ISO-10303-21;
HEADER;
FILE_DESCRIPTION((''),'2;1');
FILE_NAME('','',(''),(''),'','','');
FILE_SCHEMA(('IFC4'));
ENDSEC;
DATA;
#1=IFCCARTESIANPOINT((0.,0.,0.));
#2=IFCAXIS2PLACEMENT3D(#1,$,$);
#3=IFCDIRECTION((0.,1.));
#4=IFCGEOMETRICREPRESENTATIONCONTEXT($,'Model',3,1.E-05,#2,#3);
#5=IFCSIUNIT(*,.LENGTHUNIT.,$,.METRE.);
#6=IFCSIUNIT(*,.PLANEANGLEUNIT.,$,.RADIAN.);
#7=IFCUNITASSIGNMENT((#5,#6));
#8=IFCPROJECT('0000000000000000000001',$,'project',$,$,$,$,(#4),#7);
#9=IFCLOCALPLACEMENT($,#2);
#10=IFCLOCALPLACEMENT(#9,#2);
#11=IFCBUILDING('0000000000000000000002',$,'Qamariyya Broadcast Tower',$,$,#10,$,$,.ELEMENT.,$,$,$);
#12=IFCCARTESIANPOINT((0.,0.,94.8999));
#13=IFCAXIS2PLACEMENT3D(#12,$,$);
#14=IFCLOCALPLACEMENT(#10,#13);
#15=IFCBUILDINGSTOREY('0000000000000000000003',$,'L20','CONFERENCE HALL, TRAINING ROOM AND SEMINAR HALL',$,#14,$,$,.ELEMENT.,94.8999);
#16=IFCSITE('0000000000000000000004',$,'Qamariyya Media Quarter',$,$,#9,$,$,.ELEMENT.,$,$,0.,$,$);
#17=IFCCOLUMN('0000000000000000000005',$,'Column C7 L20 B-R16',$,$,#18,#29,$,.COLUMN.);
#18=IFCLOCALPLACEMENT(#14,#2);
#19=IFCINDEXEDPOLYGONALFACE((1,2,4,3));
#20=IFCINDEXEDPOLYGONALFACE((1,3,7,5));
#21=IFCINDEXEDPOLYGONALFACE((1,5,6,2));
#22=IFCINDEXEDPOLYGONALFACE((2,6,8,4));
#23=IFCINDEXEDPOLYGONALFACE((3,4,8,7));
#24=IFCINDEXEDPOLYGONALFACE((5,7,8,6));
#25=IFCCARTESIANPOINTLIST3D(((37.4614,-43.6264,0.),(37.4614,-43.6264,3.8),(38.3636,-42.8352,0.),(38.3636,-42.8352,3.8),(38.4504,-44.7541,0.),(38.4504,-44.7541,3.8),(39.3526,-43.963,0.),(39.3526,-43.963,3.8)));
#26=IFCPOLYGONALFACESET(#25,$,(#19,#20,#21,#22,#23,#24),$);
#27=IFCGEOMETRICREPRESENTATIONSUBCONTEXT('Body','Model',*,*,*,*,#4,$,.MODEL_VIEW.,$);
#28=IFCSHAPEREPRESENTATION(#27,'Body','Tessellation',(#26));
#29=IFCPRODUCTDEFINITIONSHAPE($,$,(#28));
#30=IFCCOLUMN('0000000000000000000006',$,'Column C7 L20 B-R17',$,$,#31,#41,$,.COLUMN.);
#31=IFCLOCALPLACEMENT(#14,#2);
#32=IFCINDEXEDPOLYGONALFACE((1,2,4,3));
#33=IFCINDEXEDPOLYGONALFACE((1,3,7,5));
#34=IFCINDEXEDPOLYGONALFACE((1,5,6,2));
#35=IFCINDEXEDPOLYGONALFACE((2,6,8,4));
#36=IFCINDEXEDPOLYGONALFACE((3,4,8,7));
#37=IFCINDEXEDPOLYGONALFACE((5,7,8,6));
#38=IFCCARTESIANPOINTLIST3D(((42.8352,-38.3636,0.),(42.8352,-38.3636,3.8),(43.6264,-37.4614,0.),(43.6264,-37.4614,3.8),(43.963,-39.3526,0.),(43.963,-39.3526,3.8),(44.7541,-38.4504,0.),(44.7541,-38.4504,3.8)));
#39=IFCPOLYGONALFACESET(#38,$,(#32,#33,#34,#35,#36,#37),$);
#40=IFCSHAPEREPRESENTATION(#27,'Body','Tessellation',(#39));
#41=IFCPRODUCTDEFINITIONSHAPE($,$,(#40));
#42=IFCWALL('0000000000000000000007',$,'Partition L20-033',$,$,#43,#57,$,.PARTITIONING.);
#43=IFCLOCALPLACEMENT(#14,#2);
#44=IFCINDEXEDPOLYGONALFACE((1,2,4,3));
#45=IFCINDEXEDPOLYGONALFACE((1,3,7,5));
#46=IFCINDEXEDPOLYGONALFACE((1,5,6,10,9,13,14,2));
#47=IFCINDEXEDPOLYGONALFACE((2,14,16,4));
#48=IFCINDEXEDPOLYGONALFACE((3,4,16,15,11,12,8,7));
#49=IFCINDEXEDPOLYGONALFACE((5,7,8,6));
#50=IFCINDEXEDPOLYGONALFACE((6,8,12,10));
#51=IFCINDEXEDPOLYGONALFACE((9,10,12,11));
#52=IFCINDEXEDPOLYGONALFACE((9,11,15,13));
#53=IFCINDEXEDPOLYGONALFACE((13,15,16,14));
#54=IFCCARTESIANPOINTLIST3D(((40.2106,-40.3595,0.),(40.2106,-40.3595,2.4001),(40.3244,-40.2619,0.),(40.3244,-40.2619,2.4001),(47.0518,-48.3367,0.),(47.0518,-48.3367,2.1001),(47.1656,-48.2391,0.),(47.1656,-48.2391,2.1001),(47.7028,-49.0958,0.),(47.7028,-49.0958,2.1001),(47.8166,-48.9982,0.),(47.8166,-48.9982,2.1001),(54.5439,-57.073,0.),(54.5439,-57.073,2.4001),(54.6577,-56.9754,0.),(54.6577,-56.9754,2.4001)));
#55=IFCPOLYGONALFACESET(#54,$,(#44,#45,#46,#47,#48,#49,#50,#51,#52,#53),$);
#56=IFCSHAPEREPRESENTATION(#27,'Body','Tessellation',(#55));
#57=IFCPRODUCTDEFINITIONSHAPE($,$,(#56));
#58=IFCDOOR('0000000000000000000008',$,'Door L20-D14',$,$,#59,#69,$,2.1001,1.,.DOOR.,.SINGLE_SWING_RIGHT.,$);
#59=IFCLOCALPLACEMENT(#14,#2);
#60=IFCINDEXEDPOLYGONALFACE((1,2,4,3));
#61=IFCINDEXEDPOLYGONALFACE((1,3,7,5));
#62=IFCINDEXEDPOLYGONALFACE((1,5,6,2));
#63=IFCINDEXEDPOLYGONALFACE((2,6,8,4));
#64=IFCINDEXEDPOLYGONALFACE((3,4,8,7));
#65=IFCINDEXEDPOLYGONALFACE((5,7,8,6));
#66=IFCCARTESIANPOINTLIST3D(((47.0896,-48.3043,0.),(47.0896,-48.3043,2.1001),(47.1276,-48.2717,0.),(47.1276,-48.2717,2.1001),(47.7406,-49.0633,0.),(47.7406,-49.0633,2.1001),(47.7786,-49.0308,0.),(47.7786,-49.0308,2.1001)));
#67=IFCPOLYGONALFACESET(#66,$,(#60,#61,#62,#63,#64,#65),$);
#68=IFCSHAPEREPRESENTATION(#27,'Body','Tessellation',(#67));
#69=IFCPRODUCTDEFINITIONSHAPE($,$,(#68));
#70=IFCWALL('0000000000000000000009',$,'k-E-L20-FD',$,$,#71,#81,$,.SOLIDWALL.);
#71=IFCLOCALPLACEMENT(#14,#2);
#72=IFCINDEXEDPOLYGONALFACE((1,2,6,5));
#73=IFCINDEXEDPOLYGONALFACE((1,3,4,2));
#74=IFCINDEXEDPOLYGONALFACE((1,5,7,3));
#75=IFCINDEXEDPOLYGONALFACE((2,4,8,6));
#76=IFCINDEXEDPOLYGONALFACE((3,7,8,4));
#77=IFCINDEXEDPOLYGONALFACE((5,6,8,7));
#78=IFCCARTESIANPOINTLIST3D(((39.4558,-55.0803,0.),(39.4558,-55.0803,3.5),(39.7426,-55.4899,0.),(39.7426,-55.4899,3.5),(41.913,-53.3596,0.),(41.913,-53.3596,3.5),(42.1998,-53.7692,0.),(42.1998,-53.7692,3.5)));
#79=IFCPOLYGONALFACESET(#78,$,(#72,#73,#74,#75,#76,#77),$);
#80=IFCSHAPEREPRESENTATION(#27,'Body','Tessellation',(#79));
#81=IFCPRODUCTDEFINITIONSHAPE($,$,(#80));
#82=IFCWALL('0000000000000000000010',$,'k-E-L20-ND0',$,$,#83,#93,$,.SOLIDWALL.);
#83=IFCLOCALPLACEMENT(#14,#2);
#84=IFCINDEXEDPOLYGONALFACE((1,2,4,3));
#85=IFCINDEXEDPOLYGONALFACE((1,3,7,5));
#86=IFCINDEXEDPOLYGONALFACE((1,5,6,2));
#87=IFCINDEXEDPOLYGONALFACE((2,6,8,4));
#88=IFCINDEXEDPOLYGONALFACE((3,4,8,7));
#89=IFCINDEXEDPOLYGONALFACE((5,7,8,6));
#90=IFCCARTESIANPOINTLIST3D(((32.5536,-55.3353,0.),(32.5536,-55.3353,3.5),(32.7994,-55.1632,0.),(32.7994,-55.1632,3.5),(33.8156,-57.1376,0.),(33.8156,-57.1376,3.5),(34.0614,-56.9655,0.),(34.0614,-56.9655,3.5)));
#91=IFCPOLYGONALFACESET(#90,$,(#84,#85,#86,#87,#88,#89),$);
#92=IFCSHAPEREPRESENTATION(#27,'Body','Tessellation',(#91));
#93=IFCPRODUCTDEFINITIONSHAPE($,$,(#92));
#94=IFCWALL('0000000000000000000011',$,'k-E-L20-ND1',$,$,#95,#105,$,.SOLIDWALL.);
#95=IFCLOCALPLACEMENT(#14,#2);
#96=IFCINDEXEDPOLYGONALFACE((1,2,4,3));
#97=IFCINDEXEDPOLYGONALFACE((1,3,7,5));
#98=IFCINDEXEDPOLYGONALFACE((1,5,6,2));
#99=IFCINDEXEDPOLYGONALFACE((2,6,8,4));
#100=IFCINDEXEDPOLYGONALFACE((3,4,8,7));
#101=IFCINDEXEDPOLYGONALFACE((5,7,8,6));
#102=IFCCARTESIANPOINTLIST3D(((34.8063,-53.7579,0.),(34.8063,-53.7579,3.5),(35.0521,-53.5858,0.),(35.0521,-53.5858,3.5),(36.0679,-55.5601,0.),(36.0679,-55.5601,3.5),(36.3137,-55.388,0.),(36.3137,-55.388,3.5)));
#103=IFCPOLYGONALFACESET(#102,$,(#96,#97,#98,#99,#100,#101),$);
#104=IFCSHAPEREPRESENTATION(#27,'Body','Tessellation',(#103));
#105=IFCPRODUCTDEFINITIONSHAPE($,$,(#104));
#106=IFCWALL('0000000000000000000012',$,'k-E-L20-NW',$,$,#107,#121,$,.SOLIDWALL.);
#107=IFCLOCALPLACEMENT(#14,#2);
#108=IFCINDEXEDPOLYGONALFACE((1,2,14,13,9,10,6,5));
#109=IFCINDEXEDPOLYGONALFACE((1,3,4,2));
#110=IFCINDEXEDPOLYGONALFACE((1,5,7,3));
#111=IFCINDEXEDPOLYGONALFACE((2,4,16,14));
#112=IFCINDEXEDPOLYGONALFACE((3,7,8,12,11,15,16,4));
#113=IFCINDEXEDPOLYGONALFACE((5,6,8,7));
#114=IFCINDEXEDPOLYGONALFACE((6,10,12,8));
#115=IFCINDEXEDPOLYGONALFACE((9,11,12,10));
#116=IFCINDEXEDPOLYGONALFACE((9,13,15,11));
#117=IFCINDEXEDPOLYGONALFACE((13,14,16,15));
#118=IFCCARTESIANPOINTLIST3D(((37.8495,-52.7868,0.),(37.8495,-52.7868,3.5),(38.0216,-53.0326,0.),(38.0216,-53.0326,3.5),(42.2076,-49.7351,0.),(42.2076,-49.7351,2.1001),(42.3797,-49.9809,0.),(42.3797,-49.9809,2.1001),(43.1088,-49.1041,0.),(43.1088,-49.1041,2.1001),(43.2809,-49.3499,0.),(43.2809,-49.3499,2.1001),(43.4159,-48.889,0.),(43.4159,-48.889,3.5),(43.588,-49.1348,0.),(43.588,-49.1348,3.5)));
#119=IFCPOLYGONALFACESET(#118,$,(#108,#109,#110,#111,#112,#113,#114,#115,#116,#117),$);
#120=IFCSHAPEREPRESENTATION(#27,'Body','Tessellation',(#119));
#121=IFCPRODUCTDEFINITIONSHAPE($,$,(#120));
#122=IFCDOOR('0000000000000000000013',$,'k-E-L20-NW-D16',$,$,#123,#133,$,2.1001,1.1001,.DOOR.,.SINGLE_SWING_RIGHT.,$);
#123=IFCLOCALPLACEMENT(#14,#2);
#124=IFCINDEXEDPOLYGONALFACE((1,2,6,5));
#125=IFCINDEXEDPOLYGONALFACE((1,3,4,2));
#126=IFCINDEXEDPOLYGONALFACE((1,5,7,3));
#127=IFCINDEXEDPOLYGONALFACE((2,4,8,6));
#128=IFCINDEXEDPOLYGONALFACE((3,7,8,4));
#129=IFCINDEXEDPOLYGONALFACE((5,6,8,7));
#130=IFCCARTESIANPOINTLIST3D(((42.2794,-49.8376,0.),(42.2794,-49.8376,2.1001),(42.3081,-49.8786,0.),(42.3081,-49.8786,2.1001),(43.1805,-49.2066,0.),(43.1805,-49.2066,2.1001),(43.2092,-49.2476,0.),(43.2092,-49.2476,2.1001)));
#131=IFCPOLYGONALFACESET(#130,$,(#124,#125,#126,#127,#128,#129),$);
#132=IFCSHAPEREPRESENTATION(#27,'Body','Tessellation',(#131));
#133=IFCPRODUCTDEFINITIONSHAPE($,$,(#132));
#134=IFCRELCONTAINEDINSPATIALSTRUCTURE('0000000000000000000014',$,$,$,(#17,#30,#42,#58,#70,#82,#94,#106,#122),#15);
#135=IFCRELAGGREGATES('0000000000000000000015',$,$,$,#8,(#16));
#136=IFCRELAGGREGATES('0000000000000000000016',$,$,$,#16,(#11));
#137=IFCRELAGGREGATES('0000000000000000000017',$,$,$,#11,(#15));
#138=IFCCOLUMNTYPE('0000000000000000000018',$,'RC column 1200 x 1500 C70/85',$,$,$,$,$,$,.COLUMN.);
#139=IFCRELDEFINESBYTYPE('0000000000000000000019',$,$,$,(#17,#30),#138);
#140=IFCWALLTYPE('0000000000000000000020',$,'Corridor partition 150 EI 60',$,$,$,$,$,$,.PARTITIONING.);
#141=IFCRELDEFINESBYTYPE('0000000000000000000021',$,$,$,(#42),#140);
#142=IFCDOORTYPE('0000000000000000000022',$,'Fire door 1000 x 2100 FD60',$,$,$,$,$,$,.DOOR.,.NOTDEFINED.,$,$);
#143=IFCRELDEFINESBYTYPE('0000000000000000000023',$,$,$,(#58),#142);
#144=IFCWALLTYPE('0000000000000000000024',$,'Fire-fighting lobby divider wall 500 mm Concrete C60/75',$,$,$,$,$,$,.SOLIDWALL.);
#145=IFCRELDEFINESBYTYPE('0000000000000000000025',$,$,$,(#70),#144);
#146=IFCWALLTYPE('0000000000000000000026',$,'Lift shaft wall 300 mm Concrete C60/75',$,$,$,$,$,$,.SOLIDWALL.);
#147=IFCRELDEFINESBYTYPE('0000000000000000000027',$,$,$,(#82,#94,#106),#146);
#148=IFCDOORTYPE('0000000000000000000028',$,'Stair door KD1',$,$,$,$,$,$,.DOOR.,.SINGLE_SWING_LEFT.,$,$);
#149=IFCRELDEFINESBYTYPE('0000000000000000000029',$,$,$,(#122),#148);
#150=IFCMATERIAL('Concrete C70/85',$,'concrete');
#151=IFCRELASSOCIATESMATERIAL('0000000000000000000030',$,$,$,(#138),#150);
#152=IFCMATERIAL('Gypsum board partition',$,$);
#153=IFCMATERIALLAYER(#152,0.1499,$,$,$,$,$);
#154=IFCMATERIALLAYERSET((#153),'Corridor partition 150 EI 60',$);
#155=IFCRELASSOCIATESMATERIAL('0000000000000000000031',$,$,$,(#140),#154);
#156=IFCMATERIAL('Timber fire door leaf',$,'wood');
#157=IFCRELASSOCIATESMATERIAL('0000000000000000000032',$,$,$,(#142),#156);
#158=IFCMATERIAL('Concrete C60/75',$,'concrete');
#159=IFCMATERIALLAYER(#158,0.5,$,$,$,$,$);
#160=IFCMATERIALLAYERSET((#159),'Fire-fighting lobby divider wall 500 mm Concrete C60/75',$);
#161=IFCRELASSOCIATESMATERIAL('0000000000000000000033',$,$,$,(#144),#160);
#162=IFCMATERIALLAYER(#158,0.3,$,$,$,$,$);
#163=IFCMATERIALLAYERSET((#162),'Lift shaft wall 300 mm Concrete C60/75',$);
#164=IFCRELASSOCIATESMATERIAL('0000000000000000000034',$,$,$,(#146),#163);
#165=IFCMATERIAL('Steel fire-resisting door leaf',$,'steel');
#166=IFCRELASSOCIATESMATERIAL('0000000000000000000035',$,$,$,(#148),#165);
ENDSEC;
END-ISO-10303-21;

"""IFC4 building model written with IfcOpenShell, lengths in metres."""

from ifc_helpers import new_model, si_unit, direction, frame, frame_2d, origin, origin_2d, place, context, subcontext, project, spatial, rectangle, extrude, material, layer, layer_set, material_profile, profile_set, type_object, element, fill, save


model = new_model("IFC4")

# Units and contexts
model_context = context("Model", 3, precision=1e-05, world=origin(), true_north=direction((0.0, 1.0)))
body_context = subcontext(model_context, "Body", "Model", "MODEL_VIEW")
ifc_project = project(units=[si_unit("LENGTHUNIT", "METRE"), si_unit("PLANEANGLEUNIT", "RADIAN")], contexts=[model_context])

# Site, building, storey
site_placement = place(None, origin())
site = spatial("IfcSite", under=ifc_project, at=site_placement, Name="Qamariyya Media Quarter", CompositionType="ELEMENT", RefElevation=0.0)
building_placement = place(site_placement, origin())
building = spatial("IfcBuilding", under=site, at=building_placement, Name="Qamariyya Broadcast Tower", CompositionType="ELEMENT")
storey_placement = place(building_placement, frame((0.0, 0.0, 94.8999)))
storey = spatial("IfcBuildingStorey", under=building, at=storey_placement, Name="L20", Description="CONFERENCE HALL, TRAINING ROOM AND SEMINAR HALL", CompositionType="ELEMENT", Elevation=94.8999)

# Columns
ifc_material_1 = material(Name="Concrete C70/85", Category="concrete")
ifc_material_profile = material_profile(ifc_material_1, rectangle(XDim=1.2, YDim=1.5, at=origin_2d()))
ifc_profile_set = profile_set([ifc_material_profile], Name="Concrete C70/85")
column_type = type_object("IfcColumnType", Name="RC column 1200 x 1500 C70/85", PredefinedType="COLUMN", material=ifc_profile_set)
for number, where, z_axis, x_axis, name in (
    (1, (38.407, -43.7947, 0.0), (0.0, 0.0, 1.0), (0.75184, 0.659346, 0.0), "Column C7 L20 B-R16"),
    (2, (43.7947, -38.407, 0.0), (0.0, 0.0, 1.0), (0.659346, 0.75184, 0.0), "Column C7 L20 B-R17"),
):
    element("IfcColumn", number, at=place(storey_placement, frame(where, z_axis=z_axis, x_axis=x_axis)), inside=storey, type_object=column_type, Name=name, PredefinedType="COLUMN", context=body_context, shape_type="SweptSolid", body=[
        extrude(rectangle(XDim=1.2, YDim=1.5, at=origin_2d()), origin(), (0.0, 0.0, 1.0), 3.8),
    ])

# Wall, opening, door
ifc_material_2 = material(Name="Gypsum board partition")
ifc_layer_1 = layer(ifc_material_2, 0.1499)
ifc_layer_set_1 = layer_set([ifc_layer_1], Name="Corridor partition 150 EI 60")
wall_type_1 = type_object("IfcWallType", Name="Corridor partition 150 EI 60", PredefinedType="PARTITIONING", material=ifc_layer_set_1)
wall_1_placement = place(storey_placement, frame((40.2676, -40.3108, 0.0), z_axis=(0.0, 0.0, 1.0), x_axis=(0.650988, -0.759088, 0.0)))
wall_1 = element("IfcWall", 3, at=wall_1_placement, inside=storey, type_object=wall_type_1, Name="Partition L20-033", PredefinedType="PARTITIONING", context=body_context, shape_type="SweptSolid", body=[
    extrude(rectangle(XDim=22.0178, YDim=0.1499, at=frame_2d((11.0088, 0.0))), origin(), (0.0, 0.0, 1.0), 2.4001),
])
opening_1_placement = place(wall_1_placement, frame((10.5088, 0.0, 0.0)))
opening_1 = element("IfcOpeningElement", 4, at=opening_1_placement, cuts=wall_1, PredefinedType="OPENING", context=body_context, shape_type="SweptSolid", body=[
    extrude(rectangle(XDim=1.0, YDim=2.1001, at=frame_2d((0.5, 1.05))), frame((0.0, 0.085, 0.0), z_axis=(0.0, -1.0, 0.0), x_axis=(1.0, 0.0, 0.0)), (0.0, 0.0, 1.0), 0.1699),
])
ifc_material_3 = material(Name="Timber fire door leaf", Category="wood")
door_type_1 = type_object("IfcDoorType", Name="Fire door 1000 x 2100 FD60", OperationType="NOTDEFINED", PredefinedType="DOOR", material=ifc_material_3)
door_1_placement = place(opening_1_placement, origin())
door_1 = element("IfcDoor", 5, at=door_1_placement, inside=storey, type_object=door_type_1, Name="Door L20-D14", OperationType="SINGLE_SWING_RIGHT", OverallHeight=2.1001, OverallWidth=1.0, PredefinedType="DOOR", context=body_context, shape_type="SweptSolid", body=[
    extrude(rectangle(XDim=1.0, YDim=2.1001, at=frame_2d((0.5, 1.05))), frame((0.0, 0.0249, 0.0), z_axis=(0.0, -1.0, 0.0), x_axis=(1.0, 0.0, 0.0)), (0.0, 0.0, 1.0), 0.05),
])
fill(opening_1, door_1)

# Walls
ifc_material_4 = material(Name="Concrete C60/75", Category="concrete")
ifc_layer_2 = layer(ifc_material_4, 0.5)
ifc_layer_set_2 = layer_set([ifc_layer_2], Name="Fire-fighting lobby divider wall 500 mm Concrete C60/75")
wall_type_2 = type_object("IfcWallType", Name="Fire-fighting lobby divider wall 500 mm Concrete C60/75", PredefinedType="SOLIDWALL", material=ifc_layer_set_2)
wall_2_placement = place(storey_placement, frame((39.5991, -55.2852, 0.0), z_axis=(0.0, 0.0, 1.0), x_axis=(0.819136, 0.573599, 0.0)))
element("IfcWall", 6, at=wall_2_placement, inside=storey, type_object=wall_type_2, Name="k-E-L20-FD", PredefinedType="SOLIDWALL", context=body_context, shape_type="SweptSolid", body=[
    extrude(rectangle(XDim=2.9998, YDim=0.5, at=frame_2d((1.5, 0.0))), origin(), (0.0, 0.0, 1.0), 3.5),
])
ifc_layer_3 = layer(ifc_material_4, 0.3)
ifc_layer_set_3 = layer_set([ifc_layer_3], Name="Lift shaft wall 300 mm Concrete C60/75")
wall_type_3 = type_object("IfcWallType", Name="Lift shaft wall 300 mm Concrete C60/75", PredefinedType="SOLIDWALL", material=ifc_layer_set_3)
wall_3_placement = place(storey_placement, frame((33.9385, -57.0515, 0.0), z_axis=(0.0, 0.0, 1.0), x_axis=(-0.573581, 0.819149, 0.0)))
element("IfcWall", 7, at=wall_3_placement, inside=storey, type_object=wall_type_3, Name="k-E-L20-ND0", PredefinedType="SOLIDWALL", context=body_context, shape_type="SweptSolid", body=[
    extrude(rectangle(XDim=2.2002, YDim=0.3, at=frame_2d((1.1001, 0.0))), origin(), (0.0, 0.0, 1.0), 3.5),
])
wall_4_placement = place(storey_placement, frame((36.1909, -55.4741, 0.0), z_axis=(0.0, 0.0, 1.0), x_axis=(-0.573507, 0.819201, 0.0)))
element("IfcWall", 8, at=wall_4_placement, inside=storey, type_object=wall_type_3, Name="k-E-L20-ND1", PredefinedType="SOLIDWALL", context=body_context, shape_type="SweptSolid", body=[
    extrude(rectangle(XDim=2.2, YDim=0.3, at=frame_2d((1.1001, 0.0))), origin(), (0.0, 0.0, 1.0), 3.5),
])

# Wall, opening, door
wall_5_placement = place(storey_placement, frame((37.9355, -52.9097, 0.0), z_axis=(0.0, 0.0, 1.0), x_axis=(0.819148, 0.573583, 0.0)))
wall_5 = element("IfcWall", 9, at=wall_5_placement, inside=storey, type_object=wall_type_3, Name="k-E-L20-NW", PredefinedType="SOLIDWALL", context=body_context, shape_type="SweptSolid", body=[
    extrude(rectangle(XDim=6.7954, YDim=0.3, at=frame_2d((3.3977, 0.0))), origin(), (0.0, 0.0, 1.0), 3.5),
])
opening_2_placement = place(wall_5_placement, frame((5.3203, 0.0, 0.0)))
opening_2 = element("IfcOpeningElement", 10, at=opening_2_placement, cuts=wall_5, PredefinedType="OPENING", context=body_context, shape_type="SweptSolid", body=[
    extrude(rectangle(XDim=1.1001, YDim=2.1001, at=frame_2d((0.55, 1.05))), frame((0.0, 0.1599, 0.0), z_axis=(0.0, -1.0, 0.0), x_axis=(1.0, 0.0, 0.0)), (0.0, 0.0, 1.0), 0.3201),
])
ifc_material_5 = material(Name="Steel fire-resisting door leaf", Category="steel")
door_type_2 = type_object("IfcDoorType", Name="Stair door KD1", OperationType="SINGLE_SWING_LEFT", PredefinedType="DOOR", material=ifc_material_5)
door_2_placement = place(opening_2_placement, origin())
door_2 = element("IfcDoor", 11, at=door_2_placement, inside=storey, type_object=door_type_2, Name="k-E-L20-NW-D16", OperationType="SINGLE_SWING_RIGHT", OverallHeight=2.1001, OverallWidth=1.1001, PredefinedType="DOOR", context=body_context, shape_type="SweptSolid", body=[
    extrude(rectangle(XDim=1.1001, YDim=2.1001, at=frame_2d((0.55, 1.05))), frame((0.0, 0.0249, 0.0), z_axis=(0.0, -1.0, 0.0), x_axis=(1.0, 0.0, 0.0)), (0.0, 0.0, 1.0), 0.05),
])
fill(opening_2, door_2)

save(model, "model.ifc")
